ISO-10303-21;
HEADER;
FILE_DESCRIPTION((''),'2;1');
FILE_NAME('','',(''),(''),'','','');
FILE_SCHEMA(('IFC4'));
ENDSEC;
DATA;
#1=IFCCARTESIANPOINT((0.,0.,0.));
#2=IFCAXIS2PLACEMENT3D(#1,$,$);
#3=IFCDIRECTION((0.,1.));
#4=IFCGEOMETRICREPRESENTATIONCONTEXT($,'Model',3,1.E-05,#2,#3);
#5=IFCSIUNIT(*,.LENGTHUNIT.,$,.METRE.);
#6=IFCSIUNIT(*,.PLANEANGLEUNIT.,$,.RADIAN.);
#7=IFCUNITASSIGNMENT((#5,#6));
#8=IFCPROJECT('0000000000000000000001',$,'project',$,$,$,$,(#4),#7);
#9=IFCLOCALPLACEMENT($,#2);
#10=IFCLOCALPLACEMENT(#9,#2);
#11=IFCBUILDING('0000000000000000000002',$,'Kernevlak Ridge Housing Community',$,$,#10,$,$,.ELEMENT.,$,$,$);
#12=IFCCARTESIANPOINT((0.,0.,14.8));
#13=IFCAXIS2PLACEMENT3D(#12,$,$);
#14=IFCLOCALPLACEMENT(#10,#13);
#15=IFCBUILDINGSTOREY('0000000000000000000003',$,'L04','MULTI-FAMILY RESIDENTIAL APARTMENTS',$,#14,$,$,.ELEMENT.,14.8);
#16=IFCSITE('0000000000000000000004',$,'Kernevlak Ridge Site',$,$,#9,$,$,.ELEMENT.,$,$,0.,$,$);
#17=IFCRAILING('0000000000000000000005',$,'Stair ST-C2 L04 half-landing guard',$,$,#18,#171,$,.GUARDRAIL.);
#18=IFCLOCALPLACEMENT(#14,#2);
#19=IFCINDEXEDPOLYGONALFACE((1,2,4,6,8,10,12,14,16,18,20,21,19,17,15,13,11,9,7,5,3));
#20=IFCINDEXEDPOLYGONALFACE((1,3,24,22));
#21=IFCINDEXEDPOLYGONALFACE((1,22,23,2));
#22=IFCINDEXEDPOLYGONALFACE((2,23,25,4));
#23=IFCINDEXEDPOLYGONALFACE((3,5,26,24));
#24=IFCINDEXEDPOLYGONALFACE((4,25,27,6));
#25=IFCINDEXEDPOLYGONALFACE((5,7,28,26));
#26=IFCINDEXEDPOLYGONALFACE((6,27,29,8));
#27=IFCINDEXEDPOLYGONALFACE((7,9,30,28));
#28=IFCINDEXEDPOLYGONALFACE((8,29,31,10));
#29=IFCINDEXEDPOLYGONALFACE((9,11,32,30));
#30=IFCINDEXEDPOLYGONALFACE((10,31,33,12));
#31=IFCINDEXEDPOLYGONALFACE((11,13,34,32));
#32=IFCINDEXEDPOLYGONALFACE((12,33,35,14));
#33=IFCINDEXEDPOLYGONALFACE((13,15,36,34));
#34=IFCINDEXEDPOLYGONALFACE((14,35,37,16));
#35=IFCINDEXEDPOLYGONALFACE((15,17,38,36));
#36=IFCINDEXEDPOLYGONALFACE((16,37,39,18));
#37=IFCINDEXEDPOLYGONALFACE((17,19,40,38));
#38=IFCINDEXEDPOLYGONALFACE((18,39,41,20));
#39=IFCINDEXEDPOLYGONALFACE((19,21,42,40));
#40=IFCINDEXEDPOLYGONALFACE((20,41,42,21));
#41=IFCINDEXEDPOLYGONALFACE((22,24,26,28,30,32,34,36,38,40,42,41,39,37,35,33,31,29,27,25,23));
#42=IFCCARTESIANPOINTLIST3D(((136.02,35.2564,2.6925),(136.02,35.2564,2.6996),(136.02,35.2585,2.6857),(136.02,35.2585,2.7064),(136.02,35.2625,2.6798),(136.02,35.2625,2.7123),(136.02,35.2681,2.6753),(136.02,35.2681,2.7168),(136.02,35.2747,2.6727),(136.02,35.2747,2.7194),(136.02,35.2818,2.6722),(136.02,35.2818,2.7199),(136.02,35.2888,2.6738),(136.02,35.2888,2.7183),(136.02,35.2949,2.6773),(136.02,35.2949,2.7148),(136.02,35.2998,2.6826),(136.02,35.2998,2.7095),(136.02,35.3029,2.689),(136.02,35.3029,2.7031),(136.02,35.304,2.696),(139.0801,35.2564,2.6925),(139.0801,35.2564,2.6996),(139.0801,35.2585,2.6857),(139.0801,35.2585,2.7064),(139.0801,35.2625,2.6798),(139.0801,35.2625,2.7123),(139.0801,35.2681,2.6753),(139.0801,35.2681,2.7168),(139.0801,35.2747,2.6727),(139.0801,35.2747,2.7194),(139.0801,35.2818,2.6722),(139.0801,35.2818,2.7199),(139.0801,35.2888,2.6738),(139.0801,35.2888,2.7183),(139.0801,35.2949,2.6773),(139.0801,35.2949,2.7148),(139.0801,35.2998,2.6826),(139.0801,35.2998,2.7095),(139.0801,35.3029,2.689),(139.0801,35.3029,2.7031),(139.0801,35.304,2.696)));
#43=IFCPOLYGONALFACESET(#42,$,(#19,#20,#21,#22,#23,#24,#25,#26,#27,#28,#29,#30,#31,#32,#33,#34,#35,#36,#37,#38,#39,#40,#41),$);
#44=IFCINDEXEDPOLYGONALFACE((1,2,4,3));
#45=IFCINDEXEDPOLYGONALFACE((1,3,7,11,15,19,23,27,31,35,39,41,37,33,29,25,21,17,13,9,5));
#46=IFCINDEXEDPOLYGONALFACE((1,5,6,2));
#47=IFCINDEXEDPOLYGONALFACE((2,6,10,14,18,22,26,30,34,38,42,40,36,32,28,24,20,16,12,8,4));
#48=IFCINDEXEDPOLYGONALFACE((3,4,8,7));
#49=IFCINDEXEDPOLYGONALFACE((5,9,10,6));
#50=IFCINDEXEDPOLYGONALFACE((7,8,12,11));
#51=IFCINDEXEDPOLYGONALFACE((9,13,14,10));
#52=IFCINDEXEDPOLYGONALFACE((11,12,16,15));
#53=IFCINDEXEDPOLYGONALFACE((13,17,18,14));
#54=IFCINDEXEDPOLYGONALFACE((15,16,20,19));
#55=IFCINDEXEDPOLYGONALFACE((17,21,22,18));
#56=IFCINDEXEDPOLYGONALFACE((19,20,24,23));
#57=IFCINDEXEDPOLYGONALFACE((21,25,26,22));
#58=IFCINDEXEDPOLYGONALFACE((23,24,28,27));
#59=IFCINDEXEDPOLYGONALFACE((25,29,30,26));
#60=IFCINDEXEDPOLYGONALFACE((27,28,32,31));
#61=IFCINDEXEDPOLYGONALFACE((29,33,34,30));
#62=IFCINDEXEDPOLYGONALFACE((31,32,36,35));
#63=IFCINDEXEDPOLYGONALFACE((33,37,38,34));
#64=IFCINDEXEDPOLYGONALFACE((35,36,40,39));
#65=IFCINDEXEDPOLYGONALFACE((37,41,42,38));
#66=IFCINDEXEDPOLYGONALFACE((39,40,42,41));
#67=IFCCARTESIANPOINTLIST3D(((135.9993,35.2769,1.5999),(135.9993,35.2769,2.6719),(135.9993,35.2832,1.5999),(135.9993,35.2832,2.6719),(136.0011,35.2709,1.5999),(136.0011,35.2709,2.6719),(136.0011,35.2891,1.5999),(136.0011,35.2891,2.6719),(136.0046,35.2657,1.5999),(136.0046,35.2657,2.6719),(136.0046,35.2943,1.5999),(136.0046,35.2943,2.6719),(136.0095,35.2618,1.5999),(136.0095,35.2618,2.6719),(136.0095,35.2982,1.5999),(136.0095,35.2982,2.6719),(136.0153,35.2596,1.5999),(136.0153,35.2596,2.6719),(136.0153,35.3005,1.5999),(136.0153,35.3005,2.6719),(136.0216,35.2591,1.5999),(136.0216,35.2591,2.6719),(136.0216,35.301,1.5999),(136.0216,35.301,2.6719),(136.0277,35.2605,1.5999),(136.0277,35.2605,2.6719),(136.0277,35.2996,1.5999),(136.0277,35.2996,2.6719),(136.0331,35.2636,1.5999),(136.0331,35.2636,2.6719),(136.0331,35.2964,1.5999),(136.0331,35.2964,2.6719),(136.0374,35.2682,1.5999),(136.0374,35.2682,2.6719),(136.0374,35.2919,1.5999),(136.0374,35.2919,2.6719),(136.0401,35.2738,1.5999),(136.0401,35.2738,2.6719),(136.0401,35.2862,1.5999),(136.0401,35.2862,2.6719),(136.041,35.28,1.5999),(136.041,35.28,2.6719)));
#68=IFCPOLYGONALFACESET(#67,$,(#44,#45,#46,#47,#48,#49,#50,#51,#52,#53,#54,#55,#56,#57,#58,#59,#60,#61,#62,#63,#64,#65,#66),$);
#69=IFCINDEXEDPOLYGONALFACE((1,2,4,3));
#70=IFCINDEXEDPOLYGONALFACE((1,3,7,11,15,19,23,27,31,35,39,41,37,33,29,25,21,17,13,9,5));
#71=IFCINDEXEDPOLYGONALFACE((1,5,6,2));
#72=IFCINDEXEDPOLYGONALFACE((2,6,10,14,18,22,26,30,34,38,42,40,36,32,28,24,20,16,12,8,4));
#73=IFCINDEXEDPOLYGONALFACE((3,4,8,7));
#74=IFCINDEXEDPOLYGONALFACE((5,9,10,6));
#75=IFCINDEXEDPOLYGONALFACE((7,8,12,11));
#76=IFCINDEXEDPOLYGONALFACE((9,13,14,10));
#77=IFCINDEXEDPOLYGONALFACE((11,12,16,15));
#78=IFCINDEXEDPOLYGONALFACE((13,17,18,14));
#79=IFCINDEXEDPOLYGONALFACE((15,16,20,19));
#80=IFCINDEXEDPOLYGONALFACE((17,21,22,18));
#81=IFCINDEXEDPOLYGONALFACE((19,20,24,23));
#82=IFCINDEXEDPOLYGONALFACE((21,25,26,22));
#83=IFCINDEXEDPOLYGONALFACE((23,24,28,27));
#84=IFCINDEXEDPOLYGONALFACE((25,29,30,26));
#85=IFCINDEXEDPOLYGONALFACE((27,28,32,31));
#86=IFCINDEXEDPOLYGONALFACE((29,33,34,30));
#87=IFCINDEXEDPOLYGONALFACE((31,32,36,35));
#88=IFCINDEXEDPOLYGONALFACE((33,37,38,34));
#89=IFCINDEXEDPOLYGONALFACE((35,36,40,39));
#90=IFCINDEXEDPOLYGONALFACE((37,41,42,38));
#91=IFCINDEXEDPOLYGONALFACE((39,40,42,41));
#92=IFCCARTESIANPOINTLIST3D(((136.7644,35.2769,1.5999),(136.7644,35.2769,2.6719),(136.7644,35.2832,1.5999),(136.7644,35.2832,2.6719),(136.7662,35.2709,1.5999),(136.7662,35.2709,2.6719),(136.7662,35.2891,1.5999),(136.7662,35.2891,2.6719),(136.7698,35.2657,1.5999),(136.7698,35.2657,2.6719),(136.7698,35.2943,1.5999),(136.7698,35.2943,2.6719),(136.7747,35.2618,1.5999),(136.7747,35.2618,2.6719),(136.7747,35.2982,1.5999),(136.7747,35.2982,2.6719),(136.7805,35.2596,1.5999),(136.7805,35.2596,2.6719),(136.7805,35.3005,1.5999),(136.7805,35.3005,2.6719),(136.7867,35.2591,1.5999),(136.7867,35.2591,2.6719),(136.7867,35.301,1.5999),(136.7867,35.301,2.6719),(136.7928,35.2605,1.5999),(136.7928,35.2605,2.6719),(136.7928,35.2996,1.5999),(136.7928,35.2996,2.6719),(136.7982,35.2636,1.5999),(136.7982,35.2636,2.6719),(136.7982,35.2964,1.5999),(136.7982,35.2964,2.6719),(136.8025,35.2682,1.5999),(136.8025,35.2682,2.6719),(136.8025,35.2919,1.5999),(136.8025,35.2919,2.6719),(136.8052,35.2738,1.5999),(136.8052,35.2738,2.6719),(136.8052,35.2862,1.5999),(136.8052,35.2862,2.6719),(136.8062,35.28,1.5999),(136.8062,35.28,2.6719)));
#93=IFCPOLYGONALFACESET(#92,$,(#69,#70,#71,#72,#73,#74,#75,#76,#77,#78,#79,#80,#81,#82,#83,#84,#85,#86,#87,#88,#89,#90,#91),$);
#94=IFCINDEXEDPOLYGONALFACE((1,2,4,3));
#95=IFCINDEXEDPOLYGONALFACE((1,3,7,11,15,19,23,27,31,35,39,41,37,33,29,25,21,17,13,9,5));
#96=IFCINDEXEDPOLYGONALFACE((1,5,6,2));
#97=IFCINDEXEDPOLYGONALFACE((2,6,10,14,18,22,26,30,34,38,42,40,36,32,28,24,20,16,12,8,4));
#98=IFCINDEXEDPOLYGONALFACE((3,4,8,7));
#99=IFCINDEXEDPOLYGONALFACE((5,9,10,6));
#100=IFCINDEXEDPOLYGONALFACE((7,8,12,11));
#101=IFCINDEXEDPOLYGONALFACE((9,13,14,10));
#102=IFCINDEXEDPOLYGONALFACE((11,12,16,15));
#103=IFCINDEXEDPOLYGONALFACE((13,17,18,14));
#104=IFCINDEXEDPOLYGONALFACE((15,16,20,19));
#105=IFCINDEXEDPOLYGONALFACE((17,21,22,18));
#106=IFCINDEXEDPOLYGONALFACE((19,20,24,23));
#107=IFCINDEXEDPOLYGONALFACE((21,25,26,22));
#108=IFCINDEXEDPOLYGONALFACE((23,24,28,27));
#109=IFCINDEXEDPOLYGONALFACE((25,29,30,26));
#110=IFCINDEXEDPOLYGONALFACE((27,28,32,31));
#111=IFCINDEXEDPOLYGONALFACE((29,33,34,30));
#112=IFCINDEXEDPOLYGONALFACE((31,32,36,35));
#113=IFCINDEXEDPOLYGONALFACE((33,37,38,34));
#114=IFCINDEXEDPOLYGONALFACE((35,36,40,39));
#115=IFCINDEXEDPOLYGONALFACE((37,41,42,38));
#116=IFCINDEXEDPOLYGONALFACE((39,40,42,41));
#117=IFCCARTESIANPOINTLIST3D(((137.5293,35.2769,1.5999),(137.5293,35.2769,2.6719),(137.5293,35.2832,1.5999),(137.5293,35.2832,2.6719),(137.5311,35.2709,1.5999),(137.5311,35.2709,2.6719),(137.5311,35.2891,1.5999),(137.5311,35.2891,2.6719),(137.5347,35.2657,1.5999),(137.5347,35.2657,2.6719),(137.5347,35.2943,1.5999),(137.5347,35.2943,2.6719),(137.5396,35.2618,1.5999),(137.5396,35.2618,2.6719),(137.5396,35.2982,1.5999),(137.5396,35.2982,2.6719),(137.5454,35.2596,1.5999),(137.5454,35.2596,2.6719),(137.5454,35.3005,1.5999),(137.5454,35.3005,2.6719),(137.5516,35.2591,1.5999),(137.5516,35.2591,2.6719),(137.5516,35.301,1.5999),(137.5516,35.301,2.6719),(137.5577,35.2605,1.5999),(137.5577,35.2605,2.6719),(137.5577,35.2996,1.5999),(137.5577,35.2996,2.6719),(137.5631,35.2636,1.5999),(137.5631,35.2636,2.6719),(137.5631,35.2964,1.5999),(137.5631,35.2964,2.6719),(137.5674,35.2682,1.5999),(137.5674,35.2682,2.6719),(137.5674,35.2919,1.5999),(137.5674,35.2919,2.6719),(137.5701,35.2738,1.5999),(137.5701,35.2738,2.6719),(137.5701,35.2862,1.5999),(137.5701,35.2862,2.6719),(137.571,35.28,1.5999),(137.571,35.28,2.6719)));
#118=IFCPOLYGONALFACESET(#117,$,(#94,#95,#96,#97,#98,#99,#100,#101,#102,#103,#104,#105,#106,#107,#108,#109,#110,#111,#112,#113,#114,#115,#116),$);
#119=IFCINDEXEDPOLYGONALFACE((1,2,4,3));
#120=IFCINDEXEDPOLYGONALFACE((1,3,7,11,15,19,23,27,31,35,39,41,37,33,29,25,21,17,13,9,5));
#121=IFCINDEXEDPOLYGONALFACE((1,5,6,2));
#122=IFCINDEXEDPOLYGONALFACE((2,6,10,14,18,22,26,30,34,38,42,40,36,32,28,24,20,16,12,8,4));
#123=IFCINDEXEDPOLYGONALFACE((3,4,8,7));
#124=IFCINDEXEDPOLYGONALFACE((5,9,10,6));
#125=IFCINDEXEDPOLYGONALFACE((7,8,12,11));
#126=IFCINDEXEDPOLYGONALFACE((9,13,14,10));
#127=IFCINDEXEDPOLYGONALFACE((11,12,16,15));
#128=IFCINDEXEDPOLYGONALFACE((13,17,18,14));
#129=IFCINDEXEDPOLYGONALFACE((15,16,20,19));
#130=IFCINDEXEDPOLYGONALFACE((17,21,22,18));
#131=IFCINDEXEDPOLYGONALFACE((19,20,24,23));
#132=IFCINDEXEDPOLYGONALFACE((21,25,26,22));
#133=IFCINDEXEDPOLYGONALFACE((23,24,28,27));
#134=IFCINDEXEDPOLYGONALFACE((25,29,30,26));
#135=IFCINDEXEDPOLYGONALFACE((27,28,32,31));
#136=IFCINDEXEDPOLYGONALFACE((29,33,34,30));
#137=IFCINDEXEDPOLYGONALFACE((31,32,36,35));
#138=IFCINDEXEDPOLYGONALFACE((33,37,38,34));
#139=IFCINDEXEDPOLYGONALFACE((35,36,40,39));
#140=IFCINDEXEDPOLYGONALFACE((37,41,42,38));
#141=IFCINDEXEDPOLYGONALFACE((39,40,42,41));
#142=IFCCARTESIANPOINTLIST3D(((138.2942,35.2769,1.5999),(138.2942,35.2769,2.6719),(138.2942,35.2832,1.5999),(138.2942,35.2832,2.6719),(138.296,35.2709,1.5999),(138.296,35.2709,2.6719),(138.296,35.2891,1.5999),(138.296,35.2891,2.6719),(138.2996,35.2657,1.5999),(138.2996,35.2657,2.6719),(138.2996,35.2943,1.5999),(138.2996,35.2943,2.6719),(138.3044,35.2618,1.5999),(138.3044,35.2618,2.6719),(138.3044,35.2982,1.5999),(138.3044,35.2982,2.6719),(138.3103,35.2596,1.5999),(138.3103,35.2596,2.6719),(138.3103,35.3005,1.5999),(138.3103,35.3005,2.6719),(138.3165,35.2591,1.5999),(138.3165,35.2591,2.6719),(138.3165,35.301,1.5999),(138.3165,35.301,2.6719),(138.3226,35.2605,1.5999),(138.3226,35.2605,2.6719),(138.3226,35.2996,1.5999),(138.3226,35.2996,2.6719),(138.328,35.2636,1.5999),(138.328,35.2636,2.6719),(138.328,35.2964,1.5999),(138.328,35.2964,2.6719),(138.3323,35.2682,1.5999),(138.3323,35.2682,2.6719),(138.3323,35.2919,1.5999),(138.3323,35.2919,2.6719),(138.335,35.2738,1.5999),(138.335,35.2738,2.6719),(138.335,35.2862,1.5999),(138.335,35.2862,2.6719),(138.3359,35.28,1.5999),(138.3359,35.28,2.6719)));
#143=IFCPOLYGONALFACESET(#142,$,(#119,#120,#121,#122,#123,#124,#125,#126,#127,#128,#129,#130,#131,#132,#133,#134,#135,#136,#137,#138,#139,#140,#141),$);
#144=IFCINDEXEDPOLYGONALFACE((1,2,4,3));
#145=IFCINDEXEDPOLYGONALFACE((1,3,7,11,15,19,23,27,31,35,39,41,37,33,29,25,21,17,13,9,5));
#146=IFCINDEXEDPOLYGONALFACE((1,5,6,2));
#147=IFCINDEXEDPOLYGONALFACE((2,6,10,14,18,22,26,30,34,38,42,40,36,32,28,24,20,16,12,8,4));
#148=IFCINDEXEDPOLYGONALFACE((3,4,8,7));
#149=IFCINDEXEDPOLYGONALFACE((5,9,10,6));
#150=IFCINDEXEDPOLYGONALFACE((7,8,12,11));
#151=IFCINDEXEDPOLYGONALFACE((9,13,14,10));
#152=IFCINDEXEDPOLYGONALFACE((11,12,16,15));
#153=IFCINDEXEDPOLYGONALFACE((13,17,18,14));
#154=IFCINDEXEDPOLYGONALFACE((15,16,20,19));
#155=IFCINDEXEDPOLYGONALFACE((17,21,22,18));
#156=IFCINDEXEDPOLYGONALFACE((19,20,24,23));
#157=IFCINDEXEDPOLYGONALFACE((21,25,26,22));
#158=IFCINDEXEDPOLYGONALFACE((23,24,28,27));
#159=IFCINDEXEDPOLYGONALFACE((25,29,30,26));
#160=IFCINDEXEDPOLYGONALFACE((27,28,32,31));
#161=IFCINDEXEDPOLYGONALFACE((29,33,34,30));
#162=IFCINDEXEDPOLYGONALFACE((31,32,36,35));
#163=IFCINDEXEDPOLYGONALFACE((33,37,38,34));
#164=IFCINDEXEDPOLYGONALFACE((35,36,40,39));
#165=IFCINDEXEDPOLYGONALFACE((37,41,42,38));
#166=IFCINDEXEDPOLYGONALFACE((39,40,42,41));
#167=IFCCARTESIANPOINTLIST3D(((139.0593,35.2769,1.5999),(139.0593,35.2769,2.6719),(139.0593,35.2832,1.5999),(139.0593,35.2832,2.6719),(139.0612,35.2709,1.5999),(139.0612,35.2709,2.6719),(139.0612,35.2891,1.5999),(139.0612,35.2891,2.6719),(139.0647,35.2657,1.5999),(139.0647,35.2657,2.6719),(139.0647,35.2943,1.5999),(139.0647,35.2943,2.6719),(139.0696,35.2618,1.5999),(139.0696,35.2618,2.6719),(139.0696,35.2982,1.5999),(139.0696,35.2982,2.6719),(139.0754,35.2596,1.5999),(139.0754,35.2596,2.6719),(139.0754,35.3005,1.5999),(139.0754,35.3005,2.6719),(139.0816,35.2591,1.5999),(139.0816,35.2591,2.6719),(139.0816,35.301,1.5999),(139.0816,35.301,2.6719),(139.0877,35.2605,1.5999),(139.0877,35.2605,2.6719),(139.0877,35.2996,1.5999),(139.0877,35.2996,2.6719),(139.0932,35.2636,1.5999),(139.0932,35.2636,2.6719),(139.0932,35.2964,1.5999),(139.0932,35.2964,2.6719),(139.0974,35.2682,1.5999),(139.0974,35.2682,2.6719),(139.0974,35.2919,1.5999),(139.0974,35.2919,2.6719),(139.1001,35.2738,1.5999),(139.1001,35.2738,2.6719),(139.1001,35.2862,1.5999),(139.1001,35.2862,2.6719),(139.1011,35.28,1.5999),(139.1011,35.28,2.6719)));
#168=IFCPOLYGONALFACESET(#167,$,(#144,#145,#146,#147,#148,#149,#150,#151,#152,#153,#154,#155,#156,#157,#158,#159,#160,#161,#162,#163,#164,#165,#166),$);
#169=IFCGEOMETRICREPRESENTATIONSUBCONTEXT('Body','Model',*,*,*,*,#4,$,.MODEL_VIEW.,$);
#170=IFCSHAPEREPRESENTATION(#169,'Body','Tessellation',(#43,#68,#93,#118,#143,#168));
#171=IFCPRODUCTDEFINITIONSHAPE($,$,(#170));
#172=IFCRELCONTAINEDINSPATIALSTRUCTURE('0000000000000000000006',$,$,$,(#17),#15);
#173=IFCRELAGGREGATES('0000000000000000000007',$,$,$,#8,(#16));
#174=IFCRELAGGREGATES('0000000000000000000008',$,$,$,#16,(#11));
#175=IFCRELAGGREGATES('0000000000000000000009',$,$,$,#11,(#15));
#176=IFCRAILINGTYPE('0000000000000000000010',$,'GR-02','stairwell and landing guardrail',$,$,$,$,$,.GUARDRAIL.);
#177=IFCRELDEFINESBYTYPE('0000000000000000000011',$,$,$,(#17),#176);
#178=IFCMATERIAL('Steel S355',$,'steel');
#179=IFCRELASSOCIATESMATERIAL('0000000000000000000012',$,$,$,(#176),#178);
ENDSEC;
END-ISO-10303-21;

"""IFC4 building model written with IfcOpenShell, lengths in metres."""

from ifc_helpers import new_model, si_unit, direction, frame, origin, origin_2d, place, context, subcontext, project, spatial, circle, extrude, material, type_object, element, save


model = new_model("IFC4")

# Units and contexts
model_context = context("Model", 3, precision=1e-05, world=origin(), true_north=direction((0.0, 1.0)))
body_context = subcontext(model_context, "Body", "Model", "MODEL_VIEW")
ifc_project = project(units=[si_unit("LENGTHUNIT", "METRE"), si_unit("PLANEANGLEUNIT", "RADIAN")], contexts=[model_context])

# Site, building, storey
site_placement = place(None, origin())
site = spatial("IfcSite", under=ifc_project, at=site_placement, Name="Kernevlak Ridge Site", CompositionType="ELEMENT", RefElevation=0.0)
building_placement = place(site_placement, origin())
building = spatial("IfcBuilding", under=site, at=building_placement, Name="Kernevlak Ridge Housing Community", CompositionType="ELEMENT")
storey_placement = place(building_placement, frame((0.0, 0.0, 14.8)))
storey = spatial("IfcBuildingStorey", under=building, at=storey_placement, Name="L04", Description="MULTI-FAMILY RESIDENTIAL APARTMENTS", CompositionType="ELEMENT", Elevation=14.8)

# Railing
ifc_material_1 = material(Name="Steel S355", Category="steel")
railing_type_1 = type_object("IfcRailingType", Name="GR-02", Description="stairwell and landing guardrail", PredefinedType="GUARDRAIL", material=ifc_material_1)
railing_1_placement = place(storey_placement, frame((136.02, 35.28, 1.5999)))
element("IfcRailing", 1, at=railing_1_placement, inside=storey, type_object=railing_type_1, Name="Stair ST-C2 L04 half-landing guard", PredefinedType="GUARDRAIL", context=body_context, shape_type="SweptSolid", body=[
    extrude(circle(Radius=0.0239, at=origin_2d()), frame((0.0, 0.0, 1.0962), z_axis=(1.0, 0.0, 0.0), x_axis=(0.0, 1.0, 0.0)), (0.0, 0.0, 1.0), 3.0601),
    extrude(circle(Radius=0.021, at=origin_2d()), origin(), (0.0, 0.0, 1.0), 1.072),
    extrude(circle(Radius=0.021, at=origin_2d()), frame((0.7651, 0.0, 0.0)), (0.0, 0.0, 1.0), 1.072),
    extrude(circle(Radius=0.021, at=origin_2d()), frame((1.53, 0.0, 0.0)), (0.0, 0.0, 1.0), 1.072),
    extrude(circle(Radius=0.021, at=origin_2d()), frame((2.2949, 0.0, 0.0)), (0.0, 0.0, 1.0), 1.072),
    extrude(circle(Radius=0.021, at=origin_2d()), frame((3.0601, 0.0, 0.0)), (0.0, 0.0, 1.0), 1.072),
])

save(model, "model.ifc")
